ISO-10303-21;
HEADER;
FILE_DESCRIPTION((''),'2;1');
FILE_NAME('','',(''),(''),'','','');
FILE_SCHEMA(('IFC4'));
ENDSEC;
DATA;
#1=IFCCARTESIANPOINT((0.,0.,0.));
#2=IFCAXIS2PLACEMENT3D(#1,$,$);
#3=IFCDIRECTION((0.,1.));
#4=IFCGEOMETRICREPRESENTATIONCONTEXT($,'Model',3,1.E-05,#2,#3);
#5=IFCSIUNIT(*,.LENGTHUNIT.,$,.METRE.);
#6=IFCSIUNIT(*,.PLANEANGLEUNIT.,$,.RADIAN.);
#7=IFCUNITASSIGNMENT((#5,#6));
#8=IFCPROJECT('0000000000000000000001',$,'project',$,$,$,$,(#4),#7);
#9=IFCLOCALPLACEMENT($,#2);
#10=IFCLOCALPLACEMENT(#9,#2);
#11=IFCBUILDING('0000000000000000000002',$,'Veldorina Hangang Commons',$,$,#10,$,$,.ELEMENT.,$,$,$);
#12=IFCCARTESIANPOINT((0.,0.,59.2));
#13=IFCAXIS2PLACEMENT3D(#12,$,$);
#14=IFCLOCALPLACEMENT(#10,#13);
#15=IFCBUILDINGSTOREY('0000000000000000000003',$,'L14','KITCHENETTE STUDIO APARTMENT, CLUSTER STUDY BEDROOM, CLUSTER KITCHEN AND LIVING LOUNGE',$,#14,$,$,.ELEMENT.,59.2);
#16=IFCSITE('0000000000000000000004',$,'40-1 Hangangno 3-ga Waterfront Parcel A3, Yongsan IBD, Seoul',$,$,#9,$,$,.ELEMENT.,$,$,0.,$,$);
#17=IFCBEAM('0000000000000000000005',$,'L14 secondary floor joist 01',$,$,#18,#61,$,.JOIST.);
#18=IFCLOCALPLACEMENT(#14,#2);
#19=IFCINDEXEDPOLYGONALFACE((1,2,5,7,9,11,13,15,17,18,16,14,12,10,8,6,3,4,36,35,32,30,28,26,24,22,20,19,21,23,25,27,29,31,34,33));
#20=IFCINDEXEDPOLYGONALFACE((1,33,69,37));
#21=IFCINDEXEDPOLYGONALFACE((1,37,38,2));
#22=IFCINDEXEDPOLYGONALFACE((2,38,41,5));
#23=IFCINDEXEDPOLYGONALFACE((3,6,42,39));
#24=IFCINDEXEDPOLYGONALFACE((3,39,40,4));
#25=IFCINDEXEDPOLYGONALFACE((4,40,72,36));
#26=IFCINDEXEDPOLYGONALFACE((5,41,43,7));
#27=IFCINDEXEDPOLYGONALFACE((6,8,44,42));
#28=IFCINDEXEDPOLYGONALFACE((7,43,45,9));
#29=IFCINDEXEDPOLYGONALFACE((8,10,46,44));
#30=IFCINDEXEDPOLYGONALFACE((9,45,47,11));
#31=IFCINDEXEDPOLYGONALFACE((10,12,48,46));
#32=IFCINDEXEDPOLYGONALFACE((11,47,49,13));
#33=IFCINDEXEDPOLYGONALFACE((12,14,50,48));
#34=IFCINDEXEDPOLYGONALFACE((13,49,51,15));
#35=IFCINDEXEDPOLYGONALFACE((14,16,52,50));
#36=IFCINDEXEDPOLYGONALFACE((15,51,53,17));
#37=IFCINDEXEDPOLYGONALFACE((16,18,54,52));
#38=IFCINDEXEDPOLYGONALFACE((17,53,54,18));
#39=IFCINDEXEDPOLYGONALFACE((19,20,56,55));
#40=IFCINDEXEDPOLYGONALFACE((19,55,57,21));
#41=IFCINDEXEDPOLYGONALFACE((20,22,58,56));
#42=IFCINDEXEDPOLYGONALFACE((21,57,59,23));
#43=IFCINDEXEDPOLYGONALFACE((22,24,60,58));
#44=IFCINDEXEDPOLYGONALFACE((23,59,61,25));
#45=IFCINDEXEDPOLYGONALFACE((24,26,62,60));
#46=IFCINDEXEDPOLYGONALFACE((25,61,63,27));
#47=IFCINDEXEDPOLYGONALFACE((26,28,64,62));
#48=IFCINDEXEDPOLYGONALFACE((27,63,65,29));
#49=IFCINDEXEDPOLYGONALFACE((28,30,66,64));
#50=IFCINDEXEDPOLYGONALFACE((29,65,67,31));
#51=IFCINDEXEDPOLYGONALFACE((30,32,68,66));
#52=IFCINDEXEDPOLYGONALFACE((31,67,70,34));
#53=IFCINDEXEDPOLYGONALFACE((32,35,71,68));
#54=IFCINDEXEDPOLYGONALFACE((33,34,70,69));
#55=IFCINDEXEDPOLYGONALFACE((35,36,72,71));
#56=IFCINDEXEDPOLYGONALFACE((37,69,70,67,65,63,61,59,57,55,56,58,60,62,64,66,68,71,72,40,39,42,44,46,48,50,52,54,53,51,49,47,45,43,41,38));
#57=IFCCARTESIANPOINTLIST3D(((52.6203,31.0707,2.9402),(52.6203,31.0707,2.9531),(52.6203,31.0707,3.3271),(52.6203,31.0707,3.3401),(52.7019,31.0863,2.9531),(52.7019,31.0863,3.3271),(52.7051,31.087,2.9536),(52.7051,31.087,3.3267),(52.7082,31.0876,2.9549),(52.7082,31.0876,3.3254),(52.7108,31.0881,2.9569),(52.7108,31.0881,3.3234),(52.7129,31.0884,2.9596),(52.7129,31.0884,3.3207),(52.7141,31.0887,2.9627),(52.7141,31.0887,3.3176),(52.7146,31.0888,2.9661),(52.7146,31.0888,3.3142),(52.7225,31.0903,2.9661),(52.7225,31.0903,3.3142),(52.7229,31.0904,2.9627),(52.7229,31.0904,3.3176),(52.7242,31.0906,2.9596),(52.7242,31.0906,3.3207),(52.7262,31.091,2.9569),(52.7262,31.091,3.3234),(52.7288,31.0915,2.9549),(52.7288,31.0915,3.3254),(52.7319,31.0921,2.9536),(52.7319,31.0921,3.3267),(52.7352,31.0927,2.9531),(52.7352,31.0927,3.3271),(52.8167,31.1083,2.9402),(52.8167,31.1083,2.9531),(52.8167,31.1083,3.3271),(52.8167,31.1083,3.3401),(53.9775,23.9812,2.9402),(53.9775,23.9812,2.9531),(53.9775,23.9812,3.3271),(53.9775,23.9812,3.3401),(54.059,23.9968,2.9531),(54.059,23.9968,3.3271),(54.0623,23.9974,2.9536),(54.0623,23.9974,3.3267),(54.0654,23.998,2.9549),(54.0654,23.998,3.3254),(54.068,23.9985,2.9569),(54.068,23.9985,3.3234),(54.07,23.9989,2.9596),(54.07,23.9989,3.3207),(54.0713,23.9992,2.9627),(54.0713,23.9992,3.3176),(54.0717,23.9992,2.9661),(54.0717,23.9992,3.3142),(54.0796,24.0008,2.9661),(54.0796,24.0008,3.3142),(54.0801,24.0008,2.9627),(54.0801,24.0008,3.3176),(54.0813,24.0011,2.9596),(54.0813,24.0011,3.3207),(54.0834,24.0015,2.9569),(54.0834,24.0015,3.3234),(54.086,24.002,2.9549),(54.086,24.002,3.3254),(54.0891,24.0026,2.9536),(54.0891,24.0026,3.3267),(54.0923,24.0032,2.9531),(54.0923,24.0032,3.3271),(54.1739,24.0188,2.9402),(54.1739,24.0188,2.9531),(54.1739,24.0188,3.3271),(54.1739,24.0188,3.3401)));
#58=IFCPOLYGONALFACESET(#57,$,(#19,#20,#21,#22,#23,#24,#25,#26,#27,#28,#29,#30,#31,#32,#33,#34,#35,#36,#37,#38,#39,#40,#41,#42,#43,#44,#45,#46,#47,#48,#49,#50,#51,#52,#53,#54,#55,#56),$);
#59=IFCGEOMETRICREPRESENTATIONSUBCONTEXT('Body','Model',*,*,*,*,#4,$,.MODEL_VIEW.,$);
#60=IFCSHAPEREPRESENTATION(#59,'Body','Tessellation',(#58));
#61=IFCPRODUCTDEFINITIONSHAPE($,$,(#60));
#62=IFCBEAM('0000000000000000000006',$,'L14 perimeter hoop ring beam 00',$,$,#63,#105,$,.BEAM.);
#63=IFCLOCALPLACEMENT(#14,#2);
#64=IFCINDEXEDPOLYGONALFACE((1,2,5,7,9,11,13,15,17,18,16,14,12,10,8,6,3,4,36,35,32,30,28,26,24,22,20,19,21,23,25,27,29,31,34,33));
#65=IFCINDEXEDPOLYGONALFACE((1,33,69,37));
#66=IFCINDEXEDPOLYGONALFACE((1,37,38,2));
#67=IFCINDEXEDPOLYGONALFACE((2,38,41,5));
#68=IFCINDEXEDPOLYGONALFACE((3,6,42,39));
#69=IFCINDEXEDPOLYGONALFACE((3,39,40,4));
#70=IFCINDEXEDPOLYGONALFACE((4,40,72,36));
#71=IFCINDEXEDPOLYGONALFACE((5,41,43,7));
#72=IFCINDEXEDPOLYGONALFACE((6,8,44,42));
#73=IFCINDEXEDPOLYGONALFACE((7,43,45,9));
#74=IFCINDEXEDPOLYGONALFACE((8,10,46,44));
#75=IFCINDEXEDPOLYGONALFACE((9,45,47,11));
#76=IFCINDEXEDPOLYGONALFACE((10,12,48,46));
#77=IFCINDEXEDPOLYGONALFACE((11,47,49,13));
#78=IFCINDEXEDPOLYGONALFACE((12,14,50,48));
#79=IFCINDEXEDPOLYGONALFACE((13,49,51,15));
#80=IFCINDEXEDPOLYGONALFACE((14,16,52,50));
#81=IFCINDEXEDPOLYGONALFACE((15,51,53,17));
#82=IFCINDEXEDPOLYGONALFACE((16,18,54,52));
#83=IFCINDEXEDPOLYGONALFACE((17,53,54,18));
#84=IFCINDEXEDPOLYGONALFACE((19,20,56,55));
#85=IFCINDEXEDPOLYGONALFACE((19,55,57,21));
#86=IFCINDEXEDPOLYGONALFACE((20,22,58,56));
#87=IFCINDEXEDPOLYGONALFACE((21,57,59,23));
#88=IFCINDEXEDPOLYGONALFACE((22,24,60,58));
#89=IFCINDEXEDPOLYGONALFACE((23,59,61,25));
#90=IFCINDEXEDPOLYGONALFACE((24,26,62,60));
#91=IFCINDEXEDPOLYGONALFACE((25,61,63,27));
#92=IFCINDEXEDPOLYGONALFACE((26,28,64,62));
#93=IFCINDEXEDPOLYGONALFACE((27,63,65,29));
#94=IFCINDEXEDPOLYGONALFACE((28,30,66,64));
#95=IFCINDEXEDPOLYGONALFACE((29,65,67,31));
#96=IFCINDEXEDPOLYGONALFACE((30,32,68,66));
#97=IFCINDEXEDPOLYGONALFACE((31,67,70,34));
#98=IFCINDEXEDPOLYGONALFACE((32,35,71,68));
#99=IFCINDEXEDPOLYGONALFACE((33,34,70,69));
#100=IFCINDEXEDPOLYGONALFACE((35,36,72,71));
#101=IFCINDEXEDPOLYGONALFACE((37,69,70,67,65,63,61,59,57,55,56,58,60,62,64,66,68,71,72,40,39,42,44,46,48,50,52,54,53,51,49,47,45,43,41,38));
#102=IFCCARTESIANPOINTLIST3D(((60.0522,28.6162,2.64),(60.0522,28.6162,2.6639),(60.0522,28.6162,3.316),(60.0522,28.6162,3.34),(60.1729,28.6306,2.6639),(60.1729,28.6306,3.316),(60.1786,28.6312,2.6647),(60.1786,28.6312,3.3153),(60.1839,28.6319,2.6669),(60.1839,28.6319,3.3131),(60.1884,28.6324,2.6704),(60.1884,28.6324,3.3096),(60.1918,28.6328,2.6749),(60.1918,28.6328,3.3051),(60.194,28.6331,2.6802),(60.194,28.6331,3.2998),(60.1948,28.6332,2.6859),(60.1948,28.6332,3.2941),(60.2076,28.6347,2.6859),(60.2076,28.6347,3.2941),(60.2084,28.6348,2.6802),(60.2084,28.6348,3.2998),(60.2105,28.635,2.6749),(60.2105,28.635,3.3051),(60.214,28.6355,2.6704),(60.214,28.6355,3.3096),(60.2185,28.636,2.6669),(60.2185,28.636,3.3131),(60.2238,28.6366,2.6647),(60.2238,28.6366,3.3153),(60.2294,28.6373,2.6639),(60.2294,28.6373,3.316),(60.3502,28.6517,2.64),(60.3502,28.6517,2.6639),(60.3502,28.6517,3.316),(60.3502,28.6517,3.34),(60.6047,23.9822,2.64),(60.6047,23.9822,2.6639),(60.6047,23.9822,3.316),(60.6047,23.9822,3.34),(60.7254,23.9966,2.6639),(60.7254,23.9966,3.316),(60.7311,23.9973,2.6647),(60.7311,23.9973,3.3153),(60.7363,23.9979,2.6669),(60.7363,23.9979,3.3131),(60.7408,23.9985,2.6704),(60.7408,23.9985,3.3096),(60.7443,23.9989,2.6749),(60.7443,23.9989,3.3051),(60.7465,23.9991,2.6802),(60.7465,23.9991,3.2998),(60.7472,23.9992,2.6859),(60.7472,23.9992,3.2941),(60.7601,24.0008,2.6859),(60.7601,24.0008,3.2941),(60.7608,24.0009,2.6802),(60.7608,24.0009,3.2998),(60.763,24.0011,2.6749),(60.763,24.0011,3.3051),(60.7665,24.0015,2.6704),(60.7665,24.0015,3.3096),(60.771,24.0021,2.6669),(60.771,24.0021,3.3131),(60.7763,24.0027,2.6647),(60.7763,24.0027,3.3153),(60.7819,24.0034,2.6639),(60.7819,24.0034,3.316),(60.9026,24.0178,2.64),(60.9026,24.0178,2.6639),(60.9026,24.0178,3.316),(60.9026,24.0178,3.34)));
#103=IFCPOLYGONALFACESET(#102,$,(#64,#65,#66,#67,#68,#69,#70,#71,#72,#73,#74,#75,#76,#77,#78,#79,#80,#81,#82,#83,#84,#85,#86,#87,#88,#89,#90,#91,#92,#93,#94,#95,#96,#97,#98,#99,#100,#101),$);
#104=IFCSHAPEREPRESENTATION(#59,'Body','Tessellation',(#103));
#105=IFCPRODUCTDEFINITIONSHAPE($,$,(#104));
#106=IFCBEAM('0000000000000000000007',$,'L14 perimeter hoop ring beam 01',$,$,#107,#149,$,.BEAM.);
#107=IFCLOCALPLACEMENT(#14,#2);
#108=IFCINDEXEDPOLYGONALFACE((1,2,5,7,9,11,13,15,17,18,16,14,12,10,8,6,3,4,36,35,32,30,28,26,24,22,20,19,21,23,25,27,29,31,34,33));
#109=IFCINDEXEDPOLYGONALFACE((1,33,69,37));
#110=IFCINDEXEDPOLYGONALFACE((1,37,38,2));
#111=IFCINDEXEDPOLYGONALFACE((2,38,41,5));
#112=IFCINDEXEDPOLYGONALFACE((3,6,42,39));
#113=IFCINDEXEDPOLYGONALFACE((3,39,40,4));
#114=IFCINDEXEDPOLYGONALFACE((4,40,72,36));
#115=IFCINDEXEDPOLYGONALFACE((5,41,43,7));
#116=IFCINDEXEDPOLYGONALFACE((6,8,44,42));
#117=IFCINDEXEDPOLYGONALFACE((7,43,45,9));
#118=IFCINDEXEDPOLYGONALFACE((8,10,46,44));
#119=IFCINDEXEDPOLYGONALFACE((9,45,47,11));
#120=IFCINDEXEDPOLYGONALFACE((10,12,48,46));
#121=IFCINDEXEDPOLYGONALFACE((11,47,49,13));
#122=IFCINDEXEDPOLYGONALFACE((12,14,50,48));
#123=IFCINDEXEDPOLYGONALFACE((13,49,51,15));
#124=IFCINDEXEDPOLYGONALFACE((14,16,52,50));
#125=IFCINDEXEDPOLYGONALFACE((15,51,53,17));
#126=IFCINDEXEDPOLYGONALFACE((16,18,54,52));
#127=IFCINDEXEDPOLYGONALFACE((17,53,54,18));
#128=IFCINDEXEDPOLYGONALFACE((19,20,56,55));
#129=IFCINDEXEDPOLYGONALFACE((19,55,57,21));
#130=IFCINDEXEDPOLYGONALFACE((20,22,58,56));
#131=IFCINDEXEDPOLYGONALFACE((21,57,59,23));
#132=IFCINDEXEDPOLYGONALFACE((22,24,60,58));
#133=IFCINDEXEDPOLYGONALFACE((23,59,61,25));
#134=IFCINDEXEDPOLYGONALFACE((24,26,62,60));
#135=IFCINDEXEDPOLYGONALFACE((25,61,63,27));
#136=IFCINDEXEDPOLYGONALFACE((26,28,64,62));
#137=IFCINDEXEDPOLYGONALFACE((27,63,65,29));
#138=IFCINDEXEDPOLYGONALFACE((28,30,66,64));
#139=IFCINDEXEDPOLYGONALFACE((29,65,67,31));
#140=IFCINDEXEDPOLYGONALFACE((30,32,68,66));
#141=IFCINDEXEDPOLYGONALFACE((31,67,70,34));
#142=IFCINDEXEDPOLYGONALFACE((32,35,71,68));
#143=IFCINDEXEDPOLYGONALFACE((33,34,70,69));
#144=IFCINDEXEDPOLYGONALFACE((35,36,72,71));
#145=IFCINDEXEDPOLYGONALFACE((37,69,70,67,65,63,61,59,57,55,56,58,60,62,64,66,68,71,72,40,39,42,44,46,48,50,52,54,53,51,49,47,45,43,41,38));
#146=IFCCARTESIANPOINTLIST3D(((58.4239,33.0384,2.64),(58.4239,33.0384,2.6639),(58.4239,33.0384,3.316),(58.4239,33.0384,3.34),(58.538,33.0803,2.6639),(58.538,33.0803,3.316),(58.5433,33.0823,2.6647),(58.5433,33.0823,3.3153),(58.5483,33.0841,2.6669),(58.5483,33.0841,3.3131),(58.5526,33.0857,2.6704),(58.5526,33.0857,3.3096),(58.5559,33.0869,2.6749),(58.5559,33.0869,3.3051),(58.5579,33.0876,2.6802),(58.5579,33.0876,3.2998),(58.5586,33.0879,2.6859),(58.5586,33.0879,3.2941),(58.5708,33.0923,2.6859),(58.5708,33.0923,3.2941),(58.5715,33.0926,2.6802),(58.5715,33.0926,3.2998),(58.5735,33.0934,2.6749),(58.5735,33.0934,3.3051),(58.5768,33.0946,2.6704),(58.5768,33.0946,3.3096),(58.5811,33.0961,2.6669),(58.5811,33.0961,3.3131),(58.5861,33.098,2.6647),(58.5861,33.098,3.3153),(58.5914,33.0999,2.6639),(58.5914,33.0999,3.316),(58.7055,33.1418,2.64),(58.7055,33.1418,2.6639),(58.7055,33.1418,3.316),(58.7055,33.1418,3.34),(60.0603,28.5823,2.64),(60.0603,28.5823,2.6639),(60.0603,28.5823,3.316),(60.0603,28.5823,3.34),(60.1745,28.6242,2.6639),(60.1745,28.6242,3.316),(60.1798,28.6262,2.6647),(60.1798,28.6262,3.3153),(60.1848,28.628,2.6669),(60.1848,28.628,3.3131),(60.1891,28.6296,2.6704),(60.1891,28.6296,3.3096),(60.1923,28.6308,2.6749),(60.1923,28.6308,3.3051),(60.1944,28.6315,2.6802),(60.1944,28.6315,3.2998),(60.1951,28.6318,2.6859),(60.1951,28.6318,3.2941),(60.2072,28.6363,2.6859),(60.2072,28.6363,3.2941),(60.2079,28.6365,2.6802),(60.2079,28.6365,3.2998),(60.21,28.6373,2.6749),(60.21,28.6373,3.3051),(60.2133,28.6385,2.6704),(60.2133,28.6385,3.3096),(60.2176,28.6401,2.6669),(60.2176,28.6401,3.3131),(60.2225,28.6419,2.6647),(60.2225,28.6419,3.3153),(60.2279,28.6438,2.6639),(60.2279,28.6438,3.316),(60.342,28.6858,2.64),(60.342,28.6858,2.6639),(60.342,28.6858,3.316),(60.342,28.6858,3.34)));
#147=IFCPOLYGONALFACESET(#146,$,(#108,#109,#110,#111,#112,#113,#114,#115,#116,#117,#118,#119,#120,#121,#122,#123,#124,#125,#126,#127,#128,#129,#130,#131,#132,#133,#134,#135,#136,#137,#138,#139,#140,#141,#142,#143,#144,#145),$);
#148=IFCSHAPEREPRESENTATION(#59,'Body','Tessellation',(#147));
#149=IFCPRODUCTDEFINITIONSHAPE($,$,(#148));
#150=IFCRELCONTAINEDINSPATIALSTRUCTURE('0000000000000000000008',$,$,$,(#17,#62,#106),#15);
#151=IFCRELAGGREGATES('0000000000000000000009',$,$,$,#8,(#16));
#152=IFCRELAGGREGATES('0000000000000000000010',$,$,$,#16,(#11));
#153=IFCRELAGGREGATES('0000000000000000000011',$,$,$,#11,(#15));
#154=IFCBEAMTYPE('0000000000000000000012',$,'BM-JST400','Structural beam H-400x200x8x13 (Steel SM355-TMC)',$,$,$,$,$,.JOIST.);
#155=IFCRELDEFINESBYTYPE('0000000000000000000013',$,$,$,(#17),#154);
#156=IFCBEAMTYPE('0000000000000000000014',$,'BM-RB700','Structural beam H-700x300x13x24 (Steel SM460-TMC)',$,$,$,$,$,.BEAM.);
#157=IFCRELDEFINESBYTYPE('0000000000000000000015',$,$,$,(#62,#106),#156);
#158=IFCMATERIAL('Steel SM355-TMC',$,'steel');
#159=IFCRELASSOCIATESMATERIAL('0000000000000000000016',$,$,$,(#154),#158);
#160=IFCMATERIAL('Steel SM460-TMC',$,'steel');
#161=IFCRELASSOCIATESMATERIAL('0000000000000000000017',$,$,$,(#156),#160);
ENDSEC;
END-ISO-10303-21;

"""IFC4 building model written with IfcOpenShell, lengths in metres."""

from ifc_helpers import new_model, si_unit, direction, frame, origin, origin_2d, place, context, subcontext, project, spatial, i_section, extrude, material, material_profile, profile_set, type_object, element, save


model = new_model("IFC4")

# Units and contexts
model_context = context("Model", 3, precision=1e-05, world=origin(), true_north=direction((0.0, 1.0)))
body_context = subcontext(model_context, "Body", "Model", "MODEL_VIEW")
ifc_project = project(units=[si_unit("LENGTHUNIT", "METRE"), si_unit("PLANEANGLEUNIT", "RADIAN")], contexts=[model_context])

# Site, building, storey
site_placement = place(None, origin())
site = spatial("IfcSite", under=ifc_project, at=site_placement, Name="40-1 Hangangno 3-ga Waterfront Parcel A3, Yongsan IBD, Seoul", CompositionType="ELEMENT", RefElevation=0.0)
building_placement = place(site_placement, origin())
building = spatial("IfcBuilding", under=site, at=building_placement, Name="Veldorina Hangang Commons", CompositionType="ELEMENT")
storey_placement = place(building_placement, frame((0.0, 0.0, 59.2)))
storey = spatial("IfcBuildingStorey", under=building, at=storey_placement, Name="L14", Description="KITCHENETTE STUDIO APARTMENT, CLUSTER STUDY BEDROOM, CLUSTER KITCHEN AND LIVING LOUNGE", CompositionType="ELEMENT", Elevation=59.2)

# Beams
ifc_material_1 = material(Name="Steel SM355-TMC", Category="steel")
ifc_material_profile_1 = material_profile(ifc_material_1, i_section(OverallWidth=0.2, OverallDepth=0.3999, WebThickness=0.0081, FlangeThickness=0.0129, FilletRadius=0.0129, at=origin_2d()), Name="H-400x200x8x13")
ifc_profile_set_1 = profile_set([ifc_material_profile_1], Name="Steel SM355-TMC")
beam_type_1 = type_object("IfcBeamType", Name="BM-JST400", Description="Structural beam H-400x200x8x13 (Steel SM355-TMC)", PredefinedType="JOIST", material=ifc_profile_set_1)
beam_1_placement = place(storey_placement, frame((54.0757, 24.0, 3.1401), z_axis=(-0.188018, 0.982166, 0.0), x_axis=(-0.982166, -0.188018, 0.0)))
element("IfcBeam", 1, at=beam_1_placement, inside=storey, type_object=beam_type_1, Name="L14 secondary floor joist 01", PredefinedType="JOIST", context=body_context, shape_type="SweptSolid", body=[
    extrude(i_section(OverallWidth=0.2, OverallDepth=0.3999, WebThickness=0.0081, FlangeThickness=0.0129, FilletRadius=0.0129, at=origin_2d()), origin(), (0.0, 0.0, 1.0), 7.2183),
])
ifc_material_2 = material(Name="Steel SM460-TMC", Category="steel")
ifc_material_profile_2 = material_profile(ifc_material_2, i_section(OverallWidth=0.3, OverallDepth=0.7, WebThickness=0.0129, FlangeThickness=0.0239, FilletRadius=0.022, at=origin_2d()), Name="H-700x300x13x24")
ifc_profile_set_2 = profile_set([ifc_material_profile_2], Name="Steel SM460-TMC")
beam_type_2 = type_object("IfcBeamType", Name="BM-RB700", Description="Structural beam H-700x300x13x24 (Steel SM460-TMC)", PredefinedType="BEAM", material=ifc_profile_set_2)
beam_2_placement = place(storey_placement, frame((60.7537, 24.0, 2.99), z_axis=(-0.118386, 0.992968, 0.0), x_axis=(-0.992968, -0.118386, 0.0)))
element("IfcBeam", 2, at=beam_2_placement, inside=storey, type_object=beam_type_2, Name="L14 perimeter hoop ring beam 00", PredefinedType="BEAM", context=body_context, shape_type="SweptSolid", body=[
    extrude(i_section(OverallWidth=0.3, OverallDepth=0.7, WebThickness=0.0129, FlangeThickness=0.0239, FilletRadius=0.022, at=origin_2d()), origin(), (0.0, 0.0, 1.0), 4.6667),
])
beam_3_placement = place(storey_placement, frame((60.2012, 28.634, 2.99), z_axis=(-0.344735, 0.9387, 0.0), x_axis=(-0.9387, -0.344735, 0.0)))
element("IfcBeam", 3, at=beam_3_placement, inside=storey, type_object=beam_type_2, Name="L14 perimeter hoop ring beam 01", PredefinedType="BEAM", context=body_context, shape_type="SweptSolid", body=[
    extrude(i_section(OverallWidth=0.3, OverallDepth=0.7, WebThickness=0.0129, FlangeThickness=0.0239, FilletRadius=0.022, at=origin_2d()), origin(), (0.0, 0.0, 1.0), 4.7471),
])

save(model, "model.ifc")
